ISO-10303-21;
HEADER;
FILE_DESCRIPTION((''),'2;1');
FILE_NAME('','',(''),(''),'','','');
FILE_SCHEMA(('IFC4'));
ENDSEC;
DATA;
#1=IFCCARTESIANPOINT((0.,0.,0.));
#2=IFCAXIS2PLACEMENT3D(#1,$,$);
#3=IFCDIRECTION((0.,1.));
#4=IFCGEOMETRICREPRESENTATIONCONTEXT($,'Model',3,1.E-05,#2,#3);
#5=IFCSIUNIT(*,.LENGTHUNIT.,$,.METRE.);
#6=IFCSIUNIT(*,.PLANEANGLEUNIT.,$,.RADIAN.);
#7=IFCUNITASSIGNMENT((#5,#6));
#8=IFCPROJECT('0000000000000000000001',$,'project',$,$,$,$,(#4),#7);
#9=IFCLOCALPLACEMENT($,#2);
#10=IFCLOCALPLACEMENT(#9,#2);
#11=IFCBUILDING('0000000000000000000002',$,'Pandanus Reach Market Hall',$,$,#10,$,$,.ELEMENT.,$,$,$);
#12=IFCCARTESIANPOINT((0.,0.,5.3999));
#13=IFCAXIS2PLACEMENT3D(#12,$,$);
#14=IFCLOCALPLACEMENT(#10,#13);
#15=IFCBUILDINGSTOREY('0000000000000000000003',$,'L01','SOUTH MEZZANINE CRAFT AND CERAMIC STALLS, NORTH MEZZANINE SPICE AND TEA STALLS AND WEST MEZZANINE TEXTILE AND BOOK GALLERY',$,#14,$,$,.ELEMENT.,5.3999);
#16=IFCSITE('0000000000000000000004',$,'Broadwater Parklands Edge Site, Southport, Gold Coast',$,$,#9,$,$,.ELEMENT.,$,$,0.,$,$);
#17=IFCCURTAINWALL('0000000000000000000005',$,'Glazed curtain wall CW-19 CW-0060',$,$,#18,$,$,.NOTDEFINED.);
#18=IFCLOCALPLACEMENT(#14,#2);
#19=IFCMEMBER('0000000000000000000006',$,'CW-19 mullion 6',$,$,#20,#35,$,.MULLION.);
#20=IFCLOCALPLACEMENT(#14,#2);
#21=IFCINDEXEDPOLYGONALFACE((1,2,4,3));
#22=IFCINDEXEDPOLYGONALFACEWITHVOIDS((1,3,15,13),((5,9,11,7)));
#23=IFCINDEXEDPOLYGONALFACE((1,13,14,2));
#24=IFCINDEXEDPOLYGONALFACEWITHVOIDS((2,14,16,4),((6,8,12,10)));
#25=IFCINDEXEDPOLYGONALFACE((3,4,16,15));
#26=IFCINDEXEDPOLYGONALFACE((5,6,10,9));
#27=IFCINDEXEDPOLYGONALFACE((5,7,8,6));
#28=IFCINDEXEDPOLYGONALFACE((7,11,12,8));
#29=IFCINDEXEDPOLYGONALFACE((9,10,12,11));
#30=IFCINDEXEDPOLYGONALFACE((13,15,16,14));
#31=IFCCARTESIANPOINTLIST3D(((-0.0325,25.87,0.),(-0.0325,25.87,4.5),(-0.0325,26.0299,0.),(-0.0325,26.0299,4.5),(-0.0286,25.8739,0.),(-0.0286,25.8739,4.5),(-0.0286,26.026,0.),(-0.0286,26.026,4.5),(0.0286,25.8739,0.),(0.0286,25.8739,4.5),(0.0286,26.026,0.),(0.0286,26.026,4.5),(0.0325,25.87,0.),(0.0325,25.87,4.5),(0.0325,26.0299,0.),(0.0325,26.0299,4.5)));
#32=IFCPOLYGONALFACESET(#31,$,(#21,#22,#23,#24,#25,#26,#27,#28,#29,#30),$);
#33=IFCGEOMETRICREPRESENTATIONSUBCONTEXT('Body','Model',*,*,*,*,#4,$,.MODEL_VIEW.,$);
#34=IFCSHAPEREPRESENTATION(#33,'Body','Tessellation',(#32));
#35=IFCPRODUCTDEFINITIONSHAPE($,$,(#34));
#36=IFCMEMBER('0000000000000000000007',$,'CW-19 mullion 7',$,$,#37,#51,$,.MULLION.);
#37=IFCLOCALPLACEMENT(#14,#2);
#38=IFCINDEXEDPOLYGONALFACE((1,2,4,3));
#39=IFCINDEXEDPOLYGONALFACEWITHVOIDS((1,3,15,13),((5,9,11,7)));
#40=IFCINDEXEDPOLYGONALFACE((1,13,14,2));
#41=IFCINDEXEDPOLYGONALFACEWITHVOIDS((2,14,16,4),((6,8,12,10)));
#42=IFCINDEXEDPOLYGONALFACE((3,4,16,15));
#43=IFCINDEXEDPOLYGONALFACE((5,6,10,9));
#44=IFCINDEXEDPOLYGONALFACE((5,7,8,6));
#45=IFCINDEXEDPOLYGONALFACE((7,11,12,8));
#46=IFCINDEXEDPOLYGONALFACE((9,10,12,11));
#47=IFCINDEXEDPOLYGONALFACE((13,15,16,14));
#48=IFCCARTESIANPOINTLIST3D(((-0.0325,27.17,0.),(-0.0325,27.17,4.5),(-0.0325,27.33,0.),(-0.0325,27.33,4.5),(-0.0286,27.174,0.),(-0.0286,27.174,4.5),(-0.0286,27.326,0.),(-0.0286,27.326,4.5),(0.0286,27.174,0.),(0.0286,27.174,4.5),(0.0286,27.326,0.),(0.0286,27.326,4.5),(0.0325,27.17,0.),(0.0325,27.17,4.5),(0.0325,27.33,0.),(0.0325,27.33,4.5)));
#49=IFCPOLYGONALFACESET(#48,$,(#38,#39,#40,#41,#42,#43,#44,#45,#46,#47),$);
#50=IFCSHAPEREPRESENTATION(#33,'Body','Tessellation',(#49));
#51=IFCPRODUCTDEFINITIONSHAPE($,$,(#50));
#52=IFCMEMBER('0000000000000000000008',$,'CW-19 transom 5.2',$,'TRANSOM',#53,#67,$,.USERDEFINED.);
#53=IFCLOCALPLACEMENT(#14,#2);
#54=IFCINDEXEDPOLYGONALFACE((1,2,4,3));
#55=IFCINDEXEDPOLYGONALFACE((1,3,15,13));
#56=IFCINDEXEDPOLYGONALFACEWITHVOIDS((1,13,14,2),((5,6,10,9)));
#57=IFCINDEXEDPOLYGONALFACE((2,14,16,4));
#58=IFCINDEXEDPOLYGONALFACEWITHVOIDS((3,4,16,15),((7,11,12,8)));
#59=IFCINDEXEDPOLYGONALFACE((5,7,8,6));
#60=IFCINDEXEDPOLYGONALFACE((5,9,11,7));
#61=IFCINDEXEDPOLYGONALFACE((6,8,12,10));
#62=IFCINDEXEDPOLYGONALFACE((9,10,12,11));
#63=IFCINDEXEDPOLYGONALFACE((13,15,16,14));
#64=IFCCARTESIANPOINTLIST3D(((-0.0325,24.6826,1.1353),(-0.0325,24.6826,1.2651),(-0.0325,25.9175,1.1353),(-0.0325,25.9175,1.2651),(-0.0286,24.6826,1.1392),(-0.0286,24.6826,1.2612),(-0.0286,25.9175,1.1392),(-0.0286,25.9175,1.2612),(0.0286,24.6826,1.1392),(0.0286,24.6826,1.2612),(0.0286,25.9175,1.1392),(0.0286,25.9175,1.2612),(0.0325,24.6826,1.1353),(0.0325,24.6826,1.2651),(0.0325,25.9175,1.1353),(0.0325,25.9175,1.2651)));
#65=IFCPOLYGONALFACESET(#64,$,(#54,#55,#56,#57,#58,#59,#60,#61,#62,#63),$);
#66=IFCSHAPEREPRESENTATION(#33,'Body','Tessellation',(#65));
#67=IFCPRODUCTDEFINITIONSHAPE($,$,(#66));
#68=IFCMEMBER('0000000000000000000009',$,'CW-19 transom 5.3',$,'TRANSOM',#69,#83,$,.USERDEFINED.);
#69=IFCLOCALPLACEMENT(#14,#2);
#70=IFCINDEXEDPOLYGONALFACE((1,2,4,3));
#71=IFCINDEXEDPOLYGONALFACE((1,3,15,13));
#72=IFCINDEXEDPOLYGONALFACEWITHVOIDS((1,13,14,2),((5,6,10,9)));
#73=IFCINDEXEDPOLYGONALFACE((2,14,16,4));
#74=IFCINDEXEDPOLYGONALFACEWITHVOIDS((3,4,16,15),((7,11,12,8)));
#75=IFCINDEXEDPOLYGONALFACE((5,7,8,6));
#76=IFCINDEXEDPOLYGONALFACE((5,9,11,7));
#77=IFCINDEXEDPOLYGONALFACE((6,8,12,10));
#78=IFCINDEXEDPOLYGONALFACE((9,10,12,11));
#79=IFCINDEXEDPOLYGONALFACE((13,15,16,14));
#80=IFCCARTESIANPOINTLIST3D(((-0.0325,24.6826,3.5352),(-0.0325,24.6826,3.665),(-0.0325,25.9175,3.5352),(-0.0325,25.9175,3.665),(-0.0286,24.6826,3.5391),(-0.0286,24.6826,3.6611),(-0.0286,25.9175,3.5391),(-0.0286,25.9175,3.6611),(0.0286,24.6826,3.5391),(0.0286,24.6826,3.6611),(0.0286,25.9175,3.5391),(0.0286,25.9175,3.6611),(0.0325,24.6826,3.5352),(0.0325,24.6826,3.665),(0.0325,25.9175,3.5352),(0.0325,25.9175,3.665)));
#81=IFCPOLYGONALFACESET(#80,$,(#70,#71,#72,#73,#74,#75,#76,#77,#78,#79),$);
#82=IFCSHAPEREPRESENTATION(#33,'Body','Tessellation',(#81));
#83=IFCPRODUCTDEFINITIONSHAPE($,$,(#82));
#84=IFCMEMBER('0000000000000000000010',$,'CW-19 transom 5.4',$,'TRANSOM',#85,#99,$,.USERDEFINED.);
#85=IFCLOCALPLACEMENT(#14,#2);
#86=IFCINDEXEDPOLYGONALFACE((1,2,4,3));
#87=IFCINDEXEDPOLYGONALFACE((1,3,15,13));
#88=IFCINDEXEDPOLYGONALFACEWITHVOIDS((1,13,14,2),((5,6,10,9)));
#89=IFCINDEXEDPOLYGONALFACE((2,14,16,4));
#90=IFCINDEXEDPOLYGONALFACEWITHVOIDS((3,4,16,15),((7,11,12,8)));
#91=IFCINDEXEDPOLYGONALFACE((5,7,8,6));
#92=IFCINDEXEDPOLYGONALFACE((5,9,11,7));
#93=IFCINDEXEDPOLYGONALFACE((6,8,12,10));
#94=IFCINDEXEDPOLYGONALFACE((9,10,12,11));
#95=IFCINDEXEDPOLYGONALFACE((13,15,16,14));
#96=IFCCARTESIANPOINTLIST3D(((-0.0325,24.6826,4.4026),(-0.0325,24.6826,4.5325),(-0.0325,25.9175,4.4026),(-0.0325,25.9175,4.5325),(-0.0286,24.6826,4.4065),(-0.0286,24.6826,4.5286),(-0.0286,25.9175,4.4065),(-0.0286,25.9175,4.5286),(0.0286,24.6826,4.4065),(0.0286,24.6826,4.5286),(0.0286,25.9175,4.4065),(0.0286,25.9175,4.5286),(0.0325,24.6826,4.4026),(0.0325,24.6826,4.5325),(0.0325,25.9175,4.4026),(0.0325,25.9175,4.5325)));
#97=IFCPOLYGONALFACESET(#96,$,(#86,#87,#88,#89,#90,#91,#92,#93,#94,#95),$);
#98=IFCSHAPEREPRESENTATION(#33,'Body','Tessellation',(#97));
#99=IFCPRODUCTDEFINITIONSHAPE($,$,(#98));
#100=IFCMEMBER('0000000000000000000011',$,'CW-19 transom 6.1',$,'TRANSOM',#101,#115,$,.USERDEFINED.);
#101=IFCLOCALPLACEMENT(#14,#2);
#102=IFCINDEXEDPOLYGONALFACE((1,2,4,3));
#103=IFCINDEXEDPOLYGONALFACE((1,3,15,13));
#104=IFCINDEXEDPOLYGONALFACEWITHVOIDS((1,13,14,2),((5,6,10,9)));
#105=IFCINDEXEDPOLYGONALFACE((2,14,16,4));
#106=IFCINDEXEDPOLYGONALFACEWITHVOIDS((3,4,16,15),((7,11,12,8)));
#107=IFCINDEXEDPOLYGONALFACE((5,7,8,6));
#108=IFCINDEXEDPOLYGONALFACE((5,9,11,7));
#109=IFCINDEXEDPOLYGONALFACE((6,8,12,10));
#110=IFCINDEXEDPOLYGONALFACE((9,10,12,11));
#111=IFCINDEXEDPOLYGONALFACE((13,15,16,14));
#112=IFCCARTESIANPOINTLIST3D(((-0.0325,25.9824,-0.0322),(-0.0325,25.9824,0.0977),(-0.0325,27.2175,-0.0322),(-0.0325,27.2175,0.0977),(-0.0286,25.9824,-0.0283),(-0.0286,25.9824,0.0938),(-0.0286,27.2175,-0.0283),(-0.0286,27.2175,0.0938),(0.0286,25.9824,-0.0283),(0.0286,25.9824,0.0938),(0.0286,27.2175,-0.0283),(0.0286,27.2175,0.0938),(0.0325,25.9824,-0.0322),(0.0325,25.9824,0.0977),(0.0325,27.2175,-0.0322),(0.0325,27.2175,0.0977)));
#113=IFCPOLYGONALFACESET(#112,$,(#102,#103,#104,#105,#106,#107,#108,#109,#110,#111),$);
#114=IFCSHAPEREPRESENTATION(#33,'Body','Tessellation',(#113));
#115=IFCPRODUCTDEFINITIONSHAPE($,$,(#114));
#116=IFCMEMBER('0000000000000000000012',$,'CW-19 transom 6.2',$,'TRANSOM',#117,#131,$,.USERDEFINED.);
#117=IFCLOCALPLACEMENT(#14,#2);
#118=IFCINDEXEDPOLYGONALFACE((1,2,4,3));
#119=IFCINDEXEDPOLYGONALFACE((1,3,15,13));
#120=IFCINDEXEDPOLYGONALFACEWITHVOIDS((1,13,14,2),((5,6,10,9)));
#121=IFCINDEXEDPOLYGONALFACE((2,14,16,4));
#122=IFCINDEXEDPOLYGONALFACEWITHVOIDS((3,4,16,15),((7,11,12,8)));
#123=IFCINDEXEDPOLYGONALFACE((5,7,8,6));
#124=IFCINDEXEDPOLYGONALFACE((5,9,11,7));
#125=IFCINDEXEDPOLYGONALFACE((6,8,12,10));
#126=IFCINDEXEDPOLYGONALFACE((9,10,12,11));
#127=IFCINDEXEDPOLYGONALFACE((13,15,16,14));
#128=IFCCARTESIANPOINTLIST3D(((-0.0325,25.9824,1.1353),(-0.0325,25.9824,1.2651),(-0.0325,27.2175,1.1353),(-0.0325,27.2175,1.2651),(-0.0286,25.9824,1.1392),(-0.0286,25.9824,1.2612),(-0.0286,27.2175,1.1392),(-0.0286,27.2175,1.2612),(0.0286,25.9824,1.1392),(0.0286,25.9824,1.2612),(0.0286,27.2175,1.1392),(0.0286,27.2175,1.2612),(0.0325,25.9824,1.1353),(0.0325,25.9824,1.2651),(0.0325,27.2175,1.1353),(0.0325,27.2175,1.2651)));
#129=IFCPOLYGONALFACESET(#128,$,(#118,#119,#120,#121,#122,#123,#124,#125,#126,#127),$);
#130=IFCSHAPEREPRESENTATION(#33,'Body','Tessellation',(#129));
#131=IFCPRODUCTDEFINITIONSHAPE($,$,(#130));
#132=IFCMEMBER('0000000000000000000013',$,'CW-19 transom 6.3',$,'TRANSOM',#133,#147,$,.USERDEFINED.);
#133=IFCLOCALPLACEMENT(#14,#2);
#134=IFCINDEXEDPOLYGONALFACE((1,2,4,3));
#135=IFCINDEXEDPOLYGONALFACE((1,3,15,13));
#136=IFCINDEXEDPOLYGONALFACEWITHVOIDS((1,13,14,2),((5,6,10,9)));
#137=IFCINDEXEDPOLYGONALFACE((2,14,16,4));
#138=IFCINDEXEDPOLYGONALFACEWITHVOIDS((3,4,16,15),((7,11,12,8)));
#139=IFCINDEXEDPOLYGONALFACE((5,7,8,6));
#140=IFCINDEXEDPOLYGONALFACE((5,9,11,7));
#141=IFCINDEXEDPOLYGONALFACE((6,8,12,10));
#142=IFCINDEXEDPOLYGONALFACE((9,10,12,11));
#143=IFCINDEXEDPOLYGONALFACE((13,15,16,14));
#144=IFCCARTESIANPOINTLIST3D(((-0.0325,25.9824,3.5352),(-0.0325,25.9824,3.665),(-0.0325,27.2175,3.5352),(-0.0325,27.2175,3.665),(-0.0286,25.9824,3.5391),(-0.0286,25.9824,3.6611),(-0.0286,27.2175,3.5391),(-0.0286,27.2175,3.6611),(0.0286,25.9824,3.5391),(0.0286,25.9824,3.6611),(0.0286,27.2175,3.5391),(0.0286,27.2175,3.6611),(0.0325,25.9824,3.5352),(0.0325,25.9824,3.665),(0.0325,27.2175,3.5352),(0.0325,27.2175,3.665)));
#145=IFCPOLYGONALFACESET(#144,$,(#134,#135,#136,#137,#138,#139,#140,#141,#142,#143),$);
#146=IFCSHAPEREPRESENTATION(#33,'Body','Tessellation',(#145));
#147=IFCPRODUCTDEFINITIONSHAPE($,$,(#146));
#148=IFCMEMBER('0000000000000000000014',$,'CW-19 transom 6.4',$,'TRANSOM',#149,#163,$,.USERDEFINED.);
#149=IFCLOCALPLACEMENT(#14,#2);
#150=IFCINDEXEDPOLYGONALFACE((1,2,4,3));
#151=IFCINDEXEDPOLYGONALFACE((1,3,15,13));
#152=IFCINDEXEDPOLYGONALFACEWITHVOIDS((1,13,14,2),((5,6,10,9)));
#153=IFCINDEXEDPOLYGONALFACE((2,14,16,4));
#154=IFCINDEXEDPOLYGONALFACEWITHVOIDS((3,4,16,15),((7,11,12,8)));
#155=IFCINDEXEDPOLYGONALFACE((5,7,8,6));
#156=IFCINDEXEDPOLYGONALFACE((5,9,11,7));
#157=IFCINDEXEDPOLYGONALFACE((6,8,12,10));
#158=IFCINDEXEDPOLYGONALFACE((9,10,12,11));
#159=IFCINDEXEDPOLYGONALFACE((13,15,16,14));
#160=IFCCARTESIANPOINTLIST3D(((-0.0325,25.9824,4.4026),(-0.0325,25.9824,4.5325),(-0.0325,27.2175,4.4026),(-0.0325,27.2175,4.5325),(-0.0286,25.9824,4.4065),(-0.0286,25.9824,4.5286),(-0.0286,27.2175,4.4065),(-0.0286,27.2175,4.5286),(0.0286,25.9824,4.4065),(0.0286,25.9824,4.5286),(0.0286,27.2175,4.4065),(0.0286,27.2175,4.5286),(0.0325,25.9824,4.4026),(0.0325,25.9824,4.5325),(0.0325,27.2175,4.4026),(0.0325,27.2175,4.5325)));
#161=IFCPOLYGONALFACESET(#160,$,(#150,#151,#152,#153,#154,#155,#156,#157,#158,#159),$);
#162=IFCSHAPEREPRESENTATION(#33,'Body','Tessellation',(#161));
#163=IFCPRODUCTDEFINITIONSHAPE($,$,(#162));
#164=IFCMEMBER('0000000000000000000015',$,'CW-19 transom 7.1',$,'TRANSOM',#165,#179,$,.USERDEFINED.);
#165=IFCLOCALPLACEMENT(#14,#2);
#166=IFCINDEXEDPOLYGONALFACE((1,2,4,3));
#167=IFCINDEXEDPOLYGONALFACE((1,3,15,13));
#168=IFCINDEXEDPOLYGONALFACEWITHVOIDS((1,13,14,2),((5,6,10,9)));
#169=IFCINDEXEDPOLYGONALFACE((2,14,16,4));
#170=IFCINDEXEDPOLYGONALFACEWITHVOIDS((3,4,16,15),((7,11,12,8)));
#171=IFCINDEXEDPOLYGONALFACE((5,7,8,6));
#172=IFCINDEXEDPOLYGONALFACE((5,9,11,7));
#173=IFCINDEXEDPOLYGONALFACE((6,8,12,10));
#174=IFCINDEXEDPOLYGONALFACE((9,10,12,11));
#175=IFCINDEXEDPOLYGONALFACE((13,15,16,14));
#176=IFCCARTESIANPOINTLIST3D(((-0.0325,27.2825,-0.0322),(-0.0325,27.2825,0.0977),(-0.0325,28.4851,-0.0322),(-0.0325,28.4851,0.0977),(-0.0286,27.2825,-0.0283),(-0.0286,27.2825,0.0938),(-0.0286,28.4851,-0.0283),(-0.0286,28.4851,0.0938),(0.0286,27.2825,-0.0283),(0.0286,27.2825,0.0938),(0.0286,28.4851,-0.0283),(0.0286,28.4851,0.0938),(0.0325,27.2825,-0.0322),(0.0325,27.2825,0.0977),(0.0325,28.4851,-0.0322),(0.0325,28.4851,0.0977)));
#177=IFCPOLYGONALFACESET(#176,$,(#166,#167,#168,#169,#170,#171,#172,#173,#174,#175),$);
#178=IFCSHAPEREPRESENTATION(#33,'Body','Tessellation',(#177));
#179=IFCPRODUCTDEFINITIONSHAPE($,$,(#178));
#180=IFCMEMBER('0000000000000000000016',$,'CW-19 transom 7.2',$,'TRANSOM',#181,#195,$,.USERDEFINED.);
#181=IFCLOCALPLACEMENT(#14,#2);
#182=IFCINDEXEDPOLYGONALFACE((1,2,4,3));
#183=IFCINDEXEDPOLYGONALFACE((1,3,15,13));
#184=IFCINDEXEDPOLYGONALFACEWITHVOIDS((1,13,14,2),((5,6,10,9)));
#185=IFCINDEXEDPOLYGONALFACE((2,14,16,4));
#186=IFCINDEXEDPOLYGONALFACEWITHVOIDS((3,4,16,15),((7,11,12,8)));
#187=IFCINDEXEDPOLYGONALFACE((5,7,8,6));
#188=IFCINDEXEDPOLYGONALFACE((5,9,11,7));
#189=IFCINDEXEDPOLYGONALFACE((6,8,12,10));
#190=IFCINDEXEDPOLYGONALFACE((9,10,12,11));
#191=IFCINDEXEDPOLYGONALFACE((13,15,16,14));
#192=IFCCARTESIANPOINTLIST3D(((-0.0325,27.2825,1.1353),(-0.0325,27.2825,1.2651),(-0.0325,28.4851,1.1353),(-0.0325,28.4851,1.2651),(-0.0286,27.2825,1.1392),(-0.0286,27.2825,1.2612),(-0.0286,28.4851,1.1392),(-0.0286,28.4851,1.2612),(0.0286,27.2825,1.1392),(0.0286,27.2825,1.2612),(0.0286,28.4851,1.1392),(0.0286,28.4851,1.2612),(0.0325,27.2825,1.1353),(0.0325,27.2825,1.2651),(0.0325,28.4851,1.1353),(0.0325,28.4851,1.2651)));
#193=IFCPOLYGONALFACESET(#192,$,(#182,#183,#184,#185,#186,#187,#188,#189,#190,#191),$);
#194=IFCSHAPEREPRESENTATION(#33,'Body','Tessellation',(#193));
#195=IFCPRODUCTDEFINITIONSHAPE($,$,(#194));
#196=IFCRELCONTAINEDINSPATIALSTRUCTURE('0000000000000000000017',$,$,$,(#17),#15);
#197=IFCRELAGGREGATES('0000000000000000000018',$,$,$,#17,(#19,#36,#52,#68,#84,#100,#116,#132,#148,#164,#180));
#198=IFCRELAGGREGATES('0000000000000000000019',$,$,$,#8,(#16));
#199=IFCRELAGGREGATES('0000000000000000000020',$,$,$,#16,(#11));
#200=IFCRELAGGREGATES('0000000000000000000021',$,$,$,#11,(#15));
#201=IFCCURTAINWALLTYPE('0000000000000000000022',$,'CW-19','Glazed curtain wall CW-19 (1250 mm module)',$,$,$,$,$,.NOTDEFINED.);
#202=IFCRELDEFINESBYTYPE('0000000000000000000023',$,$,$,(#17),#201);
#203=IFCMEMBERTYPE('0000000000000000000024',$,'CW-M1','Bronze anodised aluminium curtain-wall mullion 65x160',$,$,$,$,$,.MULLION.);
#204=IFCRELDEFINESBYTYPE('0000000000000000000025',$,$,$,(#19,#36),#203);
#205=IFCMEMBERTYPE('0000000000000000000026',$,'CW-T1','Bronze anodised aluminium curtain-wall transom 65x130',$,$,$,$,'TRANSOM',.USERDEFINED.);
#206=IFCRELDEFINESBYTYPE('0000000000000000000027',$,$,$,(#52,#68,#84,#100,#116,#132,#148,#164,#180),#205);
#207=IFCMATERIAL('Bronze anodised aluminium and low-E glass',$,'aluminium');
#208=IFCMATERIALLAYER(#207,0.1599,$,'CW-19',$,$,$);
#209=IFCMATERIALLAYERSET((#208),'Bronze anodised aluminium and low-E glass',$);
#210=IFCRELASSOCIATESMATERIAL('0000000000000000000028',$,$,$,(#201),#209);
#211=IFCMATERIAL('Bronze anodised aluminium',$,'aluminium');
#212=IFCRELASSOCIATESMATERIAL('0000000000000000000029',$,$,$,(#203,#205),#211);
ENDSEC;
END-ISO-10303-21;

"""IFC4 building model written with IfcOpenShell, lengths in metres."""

from ifc_helpers import new_model, si_unit, direction, frame, origin, origin_2d, place, context, subcontext, project, spatial, hollow_rectangle, extrude, material, layer, layer_set, material_profile, profile_set, type_object, element, aggregate, save


model = new_model("IFC4")

# Units and contexts
model_context = context("Model", 3, precision=1e-05, world=origin(), true_north=direction((0.0, 1.0)))
body_context = subcontext(model_context, "Body", "Model", "MODEL_VIEW")
ifc_project = project(units=[si_unit("LENGTHUNIT", "METRE"), si_unit("PLANEANGLEUNIT", "RADIAN")], contexts=[model_context])

# Site, building, storey
site_placement = place(None, origin())
site = spatial("IfcSite", under=ifc_project, at=site_placement, Name="Broadwater Parklands Edge Site, Southport, Gold Coast", CompositionType="ELEMENT", RefElevation=0.0)
building_placement = place(site_placement, origin())
building = spatial("IfcBuilding", under=site, at=building_placement, Name="Pandanus Reach Market Hall", CompositionType="ELEMENT")
storey_placement = place(building_placement, frame((0.0, 0.0, 5.3999)))
storey = spatial("IfcBuildingStorey", under=building, at=storey_placement, Name="L01", Description="SOUTH MEZZANINE CRAFT AND CERAMIC STALLS, NORTH MEZZANINE SPICE AND TEA STALLS AND WEST MEZZANINE TEXTILE AND BOOK GALLERY", CompositionType="ELEMENT", Elevation=5.3999)

# Curtain wall, members
ifc_material_1 = material(Name="Bronze anodised aluminium and low-E glass", Category="aluminium")
ifc_layer_1 = layer(ifc_material_1, 0.1599, Name="CW-19")
ifc_layer_set_1 = layer_set([ifc_layer_1], Name="Bronze anodised aluminium and low-E glass")
curtain_wall_type = type_object("IfcCurtainWallType", Name="CW-19", Description="Glazed curtain wall CW-19 (1250 mm module)", PredefinedType="NOTDEFINED", material=ifc_layer_set_1)
curtain_wall_placement = place(storey_placement, origin())
curtain_wall = element("IfcCurtainWall", 1, at=curtain_wall_placement, inside=storey, type_object=curtain_wall_type, Name="Glazed curtain wall CW-19 CW-0060", PredefinedType="NOTDEFINED")
ifc_material_2 = material(Name="Bronze anodised aluminium", Category="aluminium")
ifc_material_profile_1 = material_profile(ifc_material_2, hollow_rectangle(XDim=0.0649, YDim=0.1599, WallThickness=0.0039, at=origin_2d()), Name="ALU65x160", Category="LoadBearing")
ifc_profile_set_1 = profile_set([ifc_material_profile_1], Name="Bronze anodised aluminium")
member_type_1 = type_object("IfcMemberType", Name="CW-M1", Description="Bronze anodised aluminium curtain-wall mullion 65x160", PredefinedType="MULLION", material=ifc_profile_set_1)
member_1_placement = place(storey_placement, frame((0.0, 25.95, 0.0), z_axis=(0.0, 0.0, 1.0), x_axis=(-1.0, 0.0, 0.0)))
member_1 = element("IfcMember", 2, at=member_1_placement, type_object=member_type_1, Name="CW-19 mullion 6", PredefinedType="MULLION", context=body_context, shape_type="SweptSolid", body=[
    extrude(hollow_rectangle(XDim=0.0649, YDim=0.1599, WallThickness=0.0039, at=origin_2d()), origin(), (0.0, 0.0, 1.0), 4.5),
])
member_2_placement = place(storey_placement, frame((0.0, 27.25, 0.0), z_axis=(0.0, 0.0, 1.0), x_axis=(-1.0, 0.0, 0.0)))
member_2 = element("IfcMember", 3, at=member_2_placement, type_object=member_type_1, Name="CW-19 mullion 7", PredefinedType="MULLION", context=body_context, shape_type="SweptSolid", body=[
    extrude(hollow_rectangle(XDim=0.0649, YDim=0.1599, WallThickness=0.0039, at=origin_2d()), origin(), (0.0, 0.0, 1.0), 4.5),
])
ifc_material_profile_2 = material_profile(ifc_material_2, hollow_rectangle(XDim=0.0649, YDim=0.1299, WallThickness=0.0039, at=origin_2d()), Name="ALU65x130", Category="LoadBearing")
ifc_profile_set_2 = profile_set([ifc_material_profile_2], Name="Bronze anodised aluminium")
member_type_2 = type_object("IfcMemberType", Name="CW-T1", Description="Bronze anodised aluminium curtain-wall transom 65x130", ElementType="TRANSOM", PredefinedType="USERDEFINED", material=ifc_profile_set_2)
member_3_placement = place(storey_placement, frame((0.0, 24.6826, 1.2002), z_axis=(0.0, 1.0, 0.0), x_axis=(-1.0, 0.0, 0.0)))
member_3 = element("IfcMember", 4, at=member_3_placement, type_object=member_type_2, Name="CW-19 transom 5.2", ObjectType="TRANSOM", PredefinedType="USERDEFINED", context=body_context, shape_type="SweptSolid", body=[
    extrude(hollow_rectangle(XDim=0.0649, YDim=0.1299, WallThickness=0.0039, at=origin_2d()), origin(), (0.0, 0.0, 1.0), 1.2349),
])
member_4_placement = place(storey_placement, frame((0.0, 24.6826, 3.6001), z_axis=(0.0, 1.0, 0.0), x_axis=(-1.0, 0.0, 0.0)))
member_4 = element("IfcMember", 5, at=member_4_placement, type_object=member_type_2, Name="CW-19 transom 5.3", ObjectType="TRANSOM", PredefinedType="USERDEFINED", context=body_context, shape_type="SweptSolid", body=[
    extrude(hollow_rectangle(XDim=0.0649, YDim=0.1299, WallThickness=0.0039, at=origin_2d()), origin(), (0.0, 0.0, 1.0), 1.2349),
])
member_5_placement = place(storey_placement, frame((0.0, 24.6826, 4.4675), z_axis=(0.0, 1.0, 0.0), x_axis=(-1.0, 0.0, 0.0)))
member_5 = element("IfcMember", 6, at=member_5_placement, type_object=member_type_2, Name="CW-19 transom 5.4", ObjectType="TRANSOM", PredefinedType="USERDEFINED", context=body_context, shape_type="SweptSolid", body=[
    extrude(hollow_rectangle(XDim=0.0649, YDim=0.1299, WallThickness=0.0039, at=origin_2d()), origin(), (0.0, 0.0, 1.0), 1.2349),
])
member_6_placement = place(storey_placement, frame((0.0, 25.9824, 0.0327), z_axis=(0.0, 1.0, 0.0), x_axis=(-1.0, 0.0, 0.0)))
member_6 = element("IfcMember", 7, at=member_6_placement, type_object=member_type_2, Name="CW-19 transom 6.1", ObjectType="TRANSOM", PredefinedType="USERDEFINED", context=body_context, shape_type="SweptSolid", body=[
    extrude(hollow_rectangle(XDim=0.0649, YDim=0.1299, WallThickness=0.0039, at=origin_2d()), origin(), (0.0, 0.0, 1.0), 1.2351),
])
member_7_placement = place(storey_placement, frame((0.0, 25.9824, 1.2002), z_axis=(0.0, 1.0, 0.0), x_axis=(-1.0, 0.0, 0.0)))
member_7 = element("IfcMember", 8, at=member_7_placement, type_object=member_type_2, Name="CW-19 transom 6.2", ObjectType="TRANSOM", PredefinedType="USERDEFINED", context=body_context, shape_type="SweptSolid", body=[
    extrude(hollow_rectangle(XDim=0.0649, YDim=0.1299, WallThickness=0.0039, at=origin_2d()), origin(), (0.0, 0.0, 1.0), 1.2351),
])
member_8_placement = place(storey_placement, frame((0.0, 25.9824, 3.6001), z_axis=(0.0, 1.0, 0.0), x_axis=(-1.0, 0.0, 0.0)))
member_8 = element("IfcMember", 9, at=member_8_placement, type_object=member_type_2, Name="CW-19 transom 6.3", ObjectType="TRANSOM", PredefinedType="USERDEFINED", context=body_context, shape_type="SweptSolid", body=[
    extrude(hollow_rectangle(XDim=0.0649, YDim=0.1299, WallThickness=0.0039, at=origin_2d()), origin(), (0.0, 0.0, 1.0), 1.2351),
])
member_9_placement = place(storey_placement, frame((0.0, 25.9824, 4.4675), z_axis=(0.0, 1.0, 0.0), x_axis=(-1.0, 0.0, 0.0)))
member_9 = element("IfcMember", 10, at=member_9_placement, type_object=member_type_2, Name="CW-19 transom 6.4", ObjectType="TRANSOM", PredefinedType="USERDEFINED", context=body_context, shape_type="SweptSolid", body=[
    extrude(hollow_rectangle(XDim=0.0649, YDim=0.1299, WallThickness=0.0039, at=origin_2d()), origin(), (0.0, 0.0, 1.0), 1.2351),
])
member_10_placement = place(storey_placement, frame((0.0, 27.2825, 0.0327), z_axis=(0.0, 1.0, 0.0), x_axis=(-1.0, 0.0, 0.0)))
member_10 = element("IfcMember", 11, at=member_10_placement, type_object=member_type_2, Name="CW-19 transom 7.1", ObjectType="TRANSOM", PredefinedType="USERDEFINED", context=body_context, shape_type="SweptSolid", body=[
    extrude(hollow_rectangle(XDim=0.0649, YDim=0.1299, WallThickness=0.0039, at=origin_2d()), origin(), (0.0, 0.0, 1.0), 1.2026),
])
member_11_placement = place(storey_placement, frame((0.0, 27.2825, 1.2002), z_axis=(0.0, 1.0, 0.0), x_axis=(-1.0, 0.0, 0.0)))
member_11 = element("IfcMember", 12, at=member_11_placement, type_object=member_type_2, Name="CW-19 transom 7.2", ObjectType="TRANSOM", PredefinedType="USERDEFINED", context=body_context, shape_type="SweptSolid", body=[
    extrude(hollow_rectangle(XDim=0.0649, YDim=0.1299, WallThickness=0.0039, at=origin_2d()), origin(), (0.0, 0.0, 1.0), 1.2026),
])
aggregate(curtain_wall, [member_1, member_2, member_3, member_4, member_5, member_6, member_7, member_8, member_9, member_10, member_11])

save(model, "model.ifc")
